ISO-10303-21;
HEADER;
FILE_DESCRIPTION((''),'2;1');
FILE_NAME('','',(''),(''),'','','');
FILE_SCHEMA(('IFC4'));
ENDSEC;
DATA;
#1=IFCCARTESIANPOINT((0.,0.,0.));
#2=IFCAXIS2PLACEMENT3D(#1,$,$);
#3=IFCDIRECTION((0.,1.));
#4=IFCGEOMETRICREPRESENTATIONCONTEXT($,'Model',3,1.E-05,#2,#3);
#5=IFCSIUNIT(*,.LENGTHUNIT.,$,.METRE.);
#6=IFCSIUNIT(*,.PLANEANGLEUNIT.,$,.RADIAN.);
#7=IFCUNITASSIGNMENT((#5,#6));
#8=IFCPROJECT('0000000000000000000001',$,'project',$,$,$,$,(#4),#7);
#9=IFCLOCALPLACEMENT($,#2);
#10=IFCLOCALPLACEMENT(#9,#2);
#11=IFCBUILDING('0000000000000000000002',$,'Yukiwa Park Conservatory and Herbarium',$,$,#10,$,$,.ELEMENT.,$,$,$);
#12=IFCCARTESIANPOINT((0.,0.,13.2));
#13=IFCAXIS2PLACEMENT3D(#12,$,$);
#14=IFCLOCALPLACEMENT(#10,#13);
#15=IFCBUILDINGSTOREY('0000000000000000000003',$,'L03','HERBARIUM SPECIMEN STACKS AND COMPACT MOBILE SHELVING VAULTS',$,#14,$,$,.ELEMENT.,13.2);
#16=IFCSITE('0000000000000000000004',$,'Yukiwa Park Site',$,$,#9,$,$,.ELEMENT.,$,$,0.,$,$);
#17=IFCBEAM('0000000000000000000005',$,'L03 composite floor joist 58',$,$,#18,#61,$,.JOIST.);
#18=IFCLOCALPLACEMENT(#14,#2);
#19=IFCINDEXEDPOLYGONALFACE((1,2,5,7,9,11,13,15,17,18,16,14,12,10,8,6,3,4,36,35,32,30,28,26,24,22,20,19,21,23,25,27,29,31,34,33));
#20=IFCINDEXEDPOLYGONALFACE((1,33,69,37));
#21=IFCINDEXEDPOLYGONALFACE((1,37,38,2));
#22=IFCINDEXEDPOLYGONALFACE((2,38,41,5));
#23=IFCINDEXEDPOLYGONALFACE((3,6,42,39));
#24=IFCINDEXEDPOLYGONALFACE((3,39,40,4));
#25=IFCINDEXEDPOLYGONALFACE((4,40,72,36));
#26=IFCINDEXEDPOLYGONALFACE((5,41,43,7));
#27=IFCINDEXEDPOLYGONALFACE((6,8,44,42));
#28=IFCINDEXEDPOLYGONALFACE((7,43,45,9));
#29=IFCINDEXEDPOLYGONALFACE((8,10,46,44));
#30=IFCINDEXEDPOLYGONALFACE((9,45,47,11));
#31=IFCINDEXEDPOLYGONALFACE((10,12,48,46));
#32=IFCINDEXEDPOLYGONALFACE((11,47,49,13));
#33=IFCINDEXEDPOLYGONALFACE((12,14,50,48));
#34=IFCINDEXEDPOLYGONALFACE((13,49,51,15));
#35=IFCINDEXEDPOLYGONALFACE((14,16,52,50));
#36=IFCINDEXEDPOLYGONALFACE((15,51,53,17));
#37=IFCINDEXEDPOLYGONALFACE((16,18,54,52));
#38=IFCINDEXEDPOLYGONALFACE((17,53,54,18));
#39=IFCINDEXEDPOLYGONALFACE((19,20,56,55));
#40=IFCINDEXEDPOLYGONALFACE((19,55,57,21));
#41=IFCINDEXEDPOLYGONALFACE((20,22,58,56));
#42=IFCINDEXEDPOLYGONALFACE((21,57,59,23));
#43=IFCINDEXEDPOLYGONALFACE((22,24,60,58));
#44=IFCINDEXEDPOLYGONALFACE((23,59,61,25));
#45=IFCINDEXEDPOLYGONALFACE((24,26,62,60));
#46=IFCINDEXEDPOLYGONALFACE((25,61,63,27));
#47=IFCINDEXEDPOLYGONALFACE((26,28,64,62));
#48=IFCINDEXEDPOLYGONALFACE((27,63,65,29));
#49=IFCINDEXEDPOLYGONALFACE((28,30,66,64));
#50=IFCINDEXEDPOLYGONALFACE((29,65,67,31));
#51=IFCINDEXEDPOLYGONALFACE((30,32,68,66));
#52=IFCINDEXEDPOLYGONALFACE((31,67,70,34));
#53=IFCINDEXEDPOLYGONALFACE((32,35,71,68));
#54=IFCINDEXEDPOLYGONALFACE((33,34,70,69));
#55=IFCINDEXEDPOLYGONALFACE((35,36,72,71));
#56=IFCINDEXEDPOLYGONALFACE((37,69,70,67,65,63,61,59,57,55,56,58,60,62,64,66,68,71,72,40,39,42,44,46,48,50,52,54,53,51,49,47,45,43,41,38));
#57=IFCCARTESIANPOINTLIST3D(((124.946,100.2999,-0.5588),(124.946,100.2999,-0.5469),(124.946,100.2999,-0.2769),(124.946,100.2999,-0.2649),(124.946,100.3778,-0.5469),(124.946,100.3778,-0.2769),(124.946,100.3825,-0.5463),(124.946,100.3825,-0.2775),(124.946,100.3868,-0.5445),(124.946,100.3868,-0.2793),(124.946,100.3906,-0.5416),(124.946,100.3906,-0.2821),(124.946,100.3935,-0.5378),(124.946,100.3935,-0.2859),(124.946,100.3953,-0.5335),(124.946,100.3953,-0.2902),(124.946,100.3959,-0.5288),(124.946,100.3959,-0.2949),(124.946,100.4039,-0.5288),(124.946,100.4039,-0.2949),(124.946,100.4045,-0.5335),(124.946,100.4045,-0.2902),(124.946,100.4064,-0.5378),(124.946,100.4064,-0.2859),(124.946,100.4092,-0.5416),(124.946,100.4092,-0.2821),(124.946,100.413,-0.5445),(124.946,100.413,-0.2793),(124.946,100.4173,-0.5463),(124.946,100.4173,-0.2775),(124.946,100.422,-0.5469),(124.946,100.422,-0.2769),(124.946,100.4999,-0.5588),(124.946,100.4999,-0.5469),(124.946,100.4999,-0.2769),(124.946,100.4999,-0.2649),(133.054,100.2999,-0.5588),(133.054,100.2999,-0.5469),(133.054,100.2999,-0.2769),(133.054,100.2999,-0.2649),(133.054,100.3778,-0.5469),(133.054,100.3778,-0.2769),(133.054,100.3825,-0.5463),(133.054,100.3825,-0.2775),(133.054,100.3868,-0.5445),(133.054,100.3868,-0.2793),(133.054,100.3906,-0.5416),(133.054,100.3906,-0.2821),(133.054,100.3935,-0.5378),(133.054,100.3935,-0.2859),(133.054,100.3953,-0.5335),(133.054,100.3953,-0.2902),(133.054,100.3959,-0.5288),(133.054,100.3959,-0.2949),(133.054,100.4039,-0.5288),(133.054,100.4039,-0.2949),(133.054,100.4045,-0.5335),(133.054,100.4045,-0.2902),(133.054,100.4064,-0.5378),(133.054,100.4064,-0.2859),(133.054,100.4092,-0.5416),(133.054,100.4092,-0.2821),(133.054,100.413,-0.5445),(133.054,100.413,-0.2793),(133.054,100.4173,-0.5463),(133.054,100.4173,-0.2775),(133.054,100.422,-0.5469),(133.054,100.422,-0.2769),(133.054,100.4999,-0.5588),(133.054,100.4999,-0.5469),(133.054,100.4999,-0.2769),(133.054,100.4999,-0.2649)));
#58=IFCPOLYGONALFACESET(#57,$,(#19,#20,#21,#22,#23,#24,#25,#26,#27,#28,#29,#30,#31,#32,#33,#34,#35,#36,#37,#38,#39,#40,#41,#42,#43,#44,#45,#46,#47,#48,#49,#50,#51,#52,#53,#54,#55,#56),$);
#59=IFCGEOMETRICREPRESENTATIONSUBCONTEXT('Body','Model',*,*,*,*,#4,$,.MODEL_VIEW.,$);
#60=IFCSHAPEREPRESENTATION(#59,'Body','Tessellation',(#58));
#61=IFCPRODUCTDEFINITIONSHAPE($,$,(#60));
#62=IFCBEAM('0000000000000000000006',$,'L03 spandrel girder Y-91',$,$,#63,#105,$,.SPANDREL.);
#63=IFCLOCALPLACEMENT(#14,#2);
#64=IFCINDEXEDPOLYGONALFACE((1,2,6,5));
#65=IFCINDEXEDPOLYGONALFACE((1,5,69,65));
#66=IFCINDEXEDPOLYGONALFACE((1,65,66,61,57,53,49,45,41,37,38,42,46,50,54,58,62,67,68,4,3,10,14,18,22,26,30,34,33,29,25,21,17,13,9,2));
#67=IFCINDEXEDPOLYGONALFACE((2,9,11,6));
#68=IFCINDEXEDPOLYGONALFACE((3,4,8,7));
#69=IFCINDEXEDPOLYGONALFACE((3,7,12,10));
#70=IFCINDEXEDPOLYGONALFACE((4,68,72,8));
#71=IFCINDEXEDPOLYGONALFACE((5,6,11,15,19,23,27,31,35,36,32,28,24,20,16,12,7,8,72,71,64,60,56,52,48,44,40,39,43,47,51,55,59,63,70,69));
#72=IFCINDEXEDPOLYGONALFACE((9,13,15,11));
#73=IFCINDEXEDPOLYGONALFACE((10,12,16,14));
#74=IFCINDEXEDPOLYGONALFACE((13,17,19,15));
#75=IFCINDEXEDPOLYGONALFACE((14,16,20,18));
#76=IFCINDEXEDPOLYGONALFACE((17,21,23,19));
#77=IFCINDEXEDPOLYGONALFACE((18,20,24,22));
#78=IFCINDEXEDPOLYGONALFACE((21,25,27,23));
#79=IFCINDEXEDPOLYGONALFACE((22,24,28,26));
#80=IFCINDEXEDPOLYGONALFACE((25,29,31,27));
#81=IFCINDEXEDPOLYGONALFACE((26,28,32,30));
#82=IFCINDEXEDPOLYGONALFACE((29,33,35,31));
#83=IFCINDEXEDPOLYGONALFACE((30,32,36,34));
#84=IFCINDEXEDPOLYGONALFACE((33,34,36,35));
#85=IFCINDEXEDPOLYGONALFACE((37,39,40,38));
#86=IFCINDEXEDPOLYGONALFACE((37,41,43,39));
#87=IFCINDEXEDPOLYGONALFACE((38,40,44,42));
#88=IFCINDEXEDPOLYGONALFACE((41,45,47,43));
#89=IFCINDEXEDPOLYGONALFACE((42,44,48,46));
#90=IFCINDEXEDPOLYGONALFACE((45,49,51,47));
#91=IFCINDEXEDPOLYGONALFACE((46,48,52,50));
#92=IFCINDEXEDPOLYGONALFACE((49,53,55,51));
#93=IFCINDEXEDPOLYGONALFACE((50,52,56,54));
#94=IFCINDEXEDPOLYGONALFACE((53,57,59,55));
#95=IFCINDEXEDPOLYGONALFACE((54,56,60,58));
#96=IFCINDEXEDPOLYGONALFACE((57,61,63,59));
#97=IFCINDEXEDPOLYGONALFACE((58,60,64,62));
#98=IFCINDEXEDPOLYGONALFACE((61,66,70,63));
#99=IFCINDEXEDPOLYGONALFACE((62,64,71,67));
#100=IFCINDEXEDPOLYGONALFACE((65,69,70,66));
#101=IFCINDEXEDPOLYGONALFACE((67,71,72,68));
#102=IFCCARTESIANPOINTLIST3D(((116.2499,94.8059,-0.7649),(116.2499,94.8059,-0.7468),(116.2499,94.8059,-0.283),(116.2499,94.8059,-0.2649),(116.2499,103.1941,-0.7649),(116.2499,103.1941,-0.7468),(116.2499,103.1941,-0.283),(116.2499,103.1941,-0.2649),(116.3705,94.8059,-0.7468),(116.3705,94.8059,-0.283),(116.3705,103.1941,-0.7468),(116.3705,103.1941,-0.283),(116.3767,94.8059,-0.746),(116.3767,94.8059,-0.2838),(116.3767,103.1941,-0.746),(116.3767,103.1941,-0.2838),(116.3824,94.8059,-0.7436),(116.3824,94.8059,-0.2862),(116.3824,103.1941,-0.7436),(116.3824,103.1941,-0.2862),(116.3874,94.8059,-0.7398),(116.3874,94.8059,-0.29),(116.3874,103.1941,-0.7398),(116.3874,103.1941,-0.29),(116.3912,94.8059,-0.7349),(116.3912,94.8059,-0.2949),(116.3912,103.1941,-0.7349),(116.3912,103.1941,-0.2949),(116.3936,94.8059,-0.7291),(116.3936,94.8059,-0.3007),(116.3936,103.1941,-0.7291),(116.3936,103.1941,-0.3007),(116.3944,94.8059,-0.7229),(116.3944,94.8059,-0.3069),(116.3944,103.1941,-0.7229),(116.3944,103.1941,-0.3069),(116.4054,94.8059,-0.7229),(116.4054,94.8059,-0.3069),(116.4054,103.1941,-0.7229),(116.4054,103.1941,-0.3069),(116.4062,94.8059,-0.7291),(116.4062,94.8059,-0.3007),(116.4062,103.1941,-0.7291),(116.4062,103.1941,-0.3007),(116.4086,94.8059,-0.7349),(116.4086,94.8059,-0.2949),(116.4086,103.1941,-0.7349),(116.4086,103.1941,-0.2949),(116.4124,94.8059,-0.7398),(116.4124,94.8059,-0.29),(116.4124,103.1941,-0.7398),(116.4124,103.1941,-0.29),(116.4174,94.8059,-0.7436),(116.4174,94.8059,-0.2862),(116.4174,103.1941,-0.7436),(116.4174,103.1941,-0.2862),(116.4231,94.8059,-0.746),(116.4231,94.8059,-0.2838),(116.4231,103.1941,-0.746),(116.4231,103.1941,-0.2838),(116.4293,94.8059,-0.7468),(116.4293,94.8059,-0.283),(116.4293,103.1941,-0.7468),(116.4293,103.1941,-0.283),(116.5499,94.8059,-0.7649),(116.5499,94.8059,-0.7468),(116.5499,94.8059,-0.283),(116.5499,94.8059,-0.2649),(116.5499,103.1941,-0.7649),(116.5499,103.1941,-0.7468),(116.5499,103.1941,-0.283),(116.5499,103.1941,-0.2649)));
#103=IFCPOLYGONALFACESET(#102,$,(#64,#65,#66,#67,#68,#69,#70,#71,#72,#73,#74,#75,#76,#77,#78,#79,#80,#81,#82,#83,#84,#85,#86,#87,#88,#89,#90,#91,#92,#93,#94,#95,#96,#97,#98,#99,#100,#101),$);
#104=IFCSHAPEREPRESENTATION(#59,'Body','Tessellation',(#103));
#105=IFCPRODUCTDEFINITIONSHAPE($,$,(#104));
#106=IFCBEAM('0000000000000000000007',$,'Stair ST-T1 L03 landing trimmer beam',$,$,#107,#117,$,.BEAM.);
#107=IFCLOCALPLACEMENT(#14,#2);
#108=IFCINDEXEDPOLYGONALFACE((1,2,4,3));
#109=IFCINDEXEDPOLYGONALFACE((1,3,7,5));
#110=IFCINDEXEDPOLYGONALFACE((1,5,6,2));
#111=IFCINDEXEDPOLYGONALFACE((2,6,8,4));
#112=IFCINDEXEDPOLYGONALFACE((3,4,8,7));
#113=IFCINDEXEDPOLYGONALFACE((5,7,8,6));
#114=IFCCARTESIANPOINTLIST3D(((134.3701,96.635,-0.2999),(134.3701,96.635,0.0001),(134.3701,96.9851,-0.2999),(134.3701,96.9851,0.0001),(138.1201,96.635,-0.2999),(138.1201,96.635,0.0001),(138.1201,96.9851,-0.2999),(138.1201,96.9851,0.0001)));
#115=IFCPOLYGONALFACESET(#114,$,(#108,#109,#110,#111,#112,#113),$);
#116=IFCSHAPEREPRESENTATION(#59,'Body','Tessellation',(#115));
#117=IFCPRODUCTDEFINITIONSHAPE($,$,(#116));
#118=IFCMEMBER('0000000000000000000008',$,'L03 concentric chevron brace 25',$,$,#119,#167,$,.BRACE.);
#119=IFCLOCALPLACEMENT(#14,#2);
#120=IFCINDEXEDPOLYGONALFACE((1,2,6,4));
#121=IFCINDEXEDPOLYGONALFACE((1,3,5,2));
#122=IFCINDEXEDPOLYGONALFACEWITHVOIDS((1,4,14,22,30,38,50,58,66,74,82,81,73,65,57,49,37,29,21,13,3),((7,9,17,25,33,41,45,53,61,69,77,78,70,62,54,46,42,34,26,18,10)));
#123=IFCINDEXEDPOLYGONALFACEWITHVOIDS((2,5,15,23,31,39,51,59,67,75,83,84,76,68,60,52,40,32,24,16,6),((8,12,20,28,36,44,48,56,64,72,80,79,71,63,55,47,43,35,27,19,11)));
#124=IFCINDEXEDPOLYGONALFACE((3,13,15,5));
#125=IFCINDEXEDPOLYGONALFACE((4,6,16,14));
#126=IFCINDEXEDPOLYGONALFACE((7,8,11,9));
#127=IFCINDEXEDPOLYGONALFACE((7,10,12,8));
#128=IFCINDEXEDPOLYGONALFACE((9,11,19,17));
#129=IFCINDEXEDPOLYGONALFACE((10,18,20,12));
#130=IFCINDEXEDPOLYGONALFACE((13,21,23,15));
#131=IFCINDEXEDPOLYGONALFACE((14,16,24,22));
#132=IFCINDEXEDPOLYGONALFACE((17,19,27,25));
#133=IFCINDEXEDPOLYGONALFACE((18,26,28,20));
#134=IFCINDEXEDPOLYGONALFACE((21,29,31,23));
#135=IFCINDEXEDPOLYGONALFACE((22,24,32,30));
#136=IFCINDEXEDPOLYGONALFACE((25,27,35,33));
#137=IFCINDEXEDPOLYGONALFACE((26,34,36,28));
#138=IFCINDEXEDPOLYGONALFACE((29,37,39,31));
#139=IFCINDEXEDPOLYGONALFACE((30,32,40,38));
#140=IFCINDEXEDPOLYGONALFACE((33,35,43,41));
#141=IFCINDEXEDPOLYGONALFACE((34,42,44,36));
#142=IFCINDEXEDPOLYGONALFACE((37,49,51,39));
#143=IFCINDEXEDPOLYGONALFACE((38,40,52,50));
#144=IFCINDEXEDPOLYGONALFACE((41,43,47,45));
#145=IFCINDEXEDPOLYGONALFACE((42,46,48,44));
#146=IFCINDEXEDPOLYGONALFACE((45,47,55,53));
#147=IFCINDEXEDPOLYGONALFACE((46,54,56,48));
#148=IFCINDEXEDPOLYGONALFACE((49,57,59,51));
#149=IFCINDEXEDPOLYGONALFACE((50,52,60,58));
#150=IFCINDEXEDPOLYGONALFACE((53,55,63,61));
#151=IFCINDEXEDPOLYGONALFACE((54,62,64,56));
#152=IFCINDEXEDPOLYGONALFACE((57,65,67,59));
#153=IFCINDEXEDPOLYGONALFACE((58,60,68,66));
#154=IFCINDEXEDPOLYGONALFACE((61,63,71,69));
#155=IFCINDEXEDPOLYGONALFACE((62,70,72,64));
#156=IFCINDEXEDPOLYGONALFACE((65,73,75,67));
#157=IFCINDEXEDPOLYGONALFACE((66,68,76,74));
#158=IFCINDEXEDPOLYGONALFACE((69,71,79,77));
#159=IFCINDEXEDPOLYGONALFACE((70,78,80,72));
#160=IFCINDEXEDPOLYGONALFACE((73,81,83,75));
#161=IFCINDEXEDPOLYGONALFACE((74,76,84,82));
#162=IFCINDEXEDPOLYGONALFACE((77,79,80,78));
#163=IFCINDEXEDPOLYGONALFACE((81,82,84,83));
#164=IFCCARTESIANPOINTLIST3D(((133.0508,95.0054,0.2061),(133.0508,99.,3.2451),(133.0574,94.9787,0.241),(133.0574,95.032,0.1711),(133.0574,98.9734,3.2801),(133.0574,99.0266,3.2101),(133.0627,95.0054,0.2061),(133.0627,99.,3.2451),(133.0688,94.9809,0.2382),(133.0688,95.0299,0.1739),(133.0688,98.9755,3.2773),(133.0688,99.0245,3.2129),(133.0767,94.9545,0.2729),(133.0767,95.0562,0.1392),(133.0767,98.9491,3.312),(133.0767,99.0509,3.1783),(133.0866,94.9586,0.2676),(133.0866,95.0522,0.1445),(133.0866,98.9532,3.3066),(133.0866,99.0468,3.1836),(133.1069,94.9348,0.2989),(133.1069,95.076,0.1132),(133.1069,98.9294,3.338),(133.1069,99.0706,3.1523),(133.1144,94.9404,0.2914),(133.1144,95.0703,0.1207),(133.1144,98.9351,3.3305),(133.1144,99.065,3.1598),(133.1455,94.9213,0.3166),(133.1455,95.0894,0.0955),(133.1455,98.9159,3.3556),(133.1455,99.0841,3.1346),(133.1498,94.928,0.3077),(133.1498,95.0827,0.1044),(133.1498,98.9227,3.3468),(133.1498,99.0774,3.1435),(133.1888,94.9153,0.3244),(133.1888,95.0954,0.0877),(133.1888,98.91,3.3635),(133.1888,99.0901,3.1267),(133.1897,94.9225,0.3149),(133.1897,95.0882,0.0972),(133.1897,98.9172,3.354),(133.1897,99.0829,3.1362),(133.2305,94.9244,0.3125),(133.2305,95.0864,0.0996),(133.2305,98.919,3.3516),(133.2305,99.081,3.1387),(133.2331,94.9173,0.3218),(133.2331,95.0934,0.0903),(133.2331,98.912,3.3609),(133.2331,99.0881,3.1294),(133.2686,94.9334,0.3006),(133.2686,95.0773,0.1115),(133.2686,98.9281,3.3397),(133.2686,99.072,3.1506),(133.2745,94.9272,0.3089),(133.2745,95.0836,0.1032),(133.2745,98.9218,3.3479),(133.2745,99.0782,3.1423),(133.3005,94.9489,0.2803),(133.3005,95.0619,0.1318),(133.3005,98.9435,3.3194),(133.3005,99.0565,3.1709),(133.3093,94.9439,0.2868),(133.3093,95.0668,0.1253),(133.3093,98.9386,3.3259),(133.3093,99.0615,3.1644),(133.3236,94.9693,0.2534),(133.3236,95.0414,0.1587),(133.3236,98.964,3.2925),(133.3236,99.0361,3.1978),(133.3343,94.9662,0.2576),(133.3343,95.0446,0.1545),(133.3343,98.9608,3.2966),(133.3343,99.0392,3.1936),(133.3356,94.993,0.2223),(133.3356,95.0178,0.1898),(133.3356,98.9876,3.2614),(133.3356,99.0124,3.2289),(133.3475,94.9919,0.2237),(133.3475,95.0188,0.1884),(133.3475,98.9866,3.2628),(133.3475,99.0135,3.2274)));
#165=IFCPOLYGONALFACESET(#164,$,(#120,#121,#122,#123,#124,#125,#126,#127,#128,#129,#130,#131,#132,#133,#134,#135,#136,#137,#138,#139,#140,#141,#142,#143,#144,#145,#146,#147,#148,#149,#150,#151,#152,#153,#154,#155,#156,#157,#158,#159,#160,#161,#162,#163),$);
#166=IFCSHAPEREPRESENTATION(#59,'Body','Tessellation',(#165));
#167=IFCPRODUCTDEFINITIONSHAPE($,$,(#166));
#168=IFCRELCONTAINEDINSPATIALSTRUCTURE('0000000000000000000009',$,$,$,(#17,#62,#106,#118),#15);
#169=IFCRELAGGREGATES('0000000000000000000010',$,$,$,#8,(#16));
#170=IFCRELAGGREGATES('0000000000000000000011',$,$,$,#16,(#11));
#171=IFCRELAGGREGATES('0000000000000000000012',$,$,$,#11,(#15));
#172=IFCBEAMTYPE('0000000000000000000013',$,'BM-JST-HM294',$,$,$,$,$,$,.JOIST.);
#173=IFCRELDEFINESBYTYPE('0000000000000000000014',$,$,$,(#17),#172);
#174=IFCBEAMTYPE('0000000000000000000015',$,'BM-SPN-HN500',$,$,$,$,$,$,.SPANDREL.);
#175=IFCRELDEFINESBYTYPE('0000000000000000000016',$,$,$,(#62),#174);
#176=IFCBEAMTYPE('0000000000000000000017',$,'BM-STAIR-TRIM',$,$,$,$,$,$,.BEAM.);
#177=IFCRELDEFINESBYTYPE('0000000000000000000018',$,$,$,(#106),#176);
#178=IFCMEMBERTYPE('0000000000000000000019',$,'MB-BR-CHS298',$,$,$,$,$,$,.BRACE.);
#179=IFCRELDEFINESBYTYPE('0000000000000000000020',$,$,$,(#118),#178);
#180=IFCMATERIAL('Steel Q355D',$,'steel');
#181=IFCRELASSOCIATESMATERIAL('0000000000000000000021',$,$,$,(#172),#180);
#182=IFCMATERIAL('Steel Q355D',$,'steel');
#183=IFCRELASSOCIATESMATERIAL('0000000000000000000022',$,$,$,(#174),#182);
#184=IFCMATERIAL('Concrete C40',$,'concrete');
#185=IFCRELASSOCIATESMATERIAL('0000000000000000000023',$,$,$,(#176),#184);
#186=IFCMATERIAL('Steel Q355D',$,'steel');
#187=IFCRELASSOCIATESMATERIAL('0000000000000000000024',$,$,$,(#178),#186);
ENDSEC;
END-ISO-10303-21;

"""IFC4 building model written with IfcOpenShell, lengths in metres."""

from ifc_helpers import new_model, si_unit, direction, frame, origin, origin_2d, place, context, subcontext, project, spatial, rectangle, hollow_circle, i_section, extrude, material, material_profile, profile_set, type_object, element, save


model = new_model("IFC4")

# Units and contexts
model_context = context("Model", 3, precision=1e-05, world=origin(), true_north=direction((0.0, 1.0)))
body_context = subcontext(model_context, "Body", "Model", "MODEL_VIEW")
ifc_project = project(units=[si_unit("LENGTHUNIT", "METRE"), si_unit("PLANEANGLEUNIT", "RADIAN")], contexts=[model_context])

# Site, building, storey
site_placement = place(None, origin())
site = spatial("IfcSite", under=ifc_project, at=site_placement, Name="Yukiwa Park Site", CompositionType="ELEMENT", RefElevation=0.0)
building_placement = place(site_placement, origin())
building = spatial("IfcBuilding", under=site, at=building_placement, Name="Yukiwa Park Conservatory and Herbarium", CompositionType="ELEMENT")
storey_placement = place(building_placement, frame((0.0, 0.0, 13.2)))
storey = spatial("IfcBuildingStorey", under=building, at=storey_placement, Name="L03", Description="HERBARIUM SPECIMEN STACKS AND COMPACT MOBILE SHELVING VAULTS", CompositionType="ELEMENT", Elevation=13.2)

# Beams
ifc_material_1 = material(Name="Steel Q355D", Category="steel")
ifc_material_profile_1 = material_profile(ifc_material_1, i_section(OverallWidth=0.2, OverallDepth=0.2939, WebThickness=0.0081, FlangeThickness=0.012, FilletRadius=0.0181, at=origin_2d()), Name="HM 294x200x8x12")
ifc_profile_set_1 = profile_set([ifc_material_profile_1], Name="Steel Q355D")
beam_type_1 = type_object("IfcBeamType", Name="BM-JST-HM294", PredefinedType="JOIST", material=ifc_profile_set_1)
for number, where, z_axis, x_axis, name in (
    (1, (124.946, 100.3999, -0.4119), (1.0, 0.0, 0.0), (0.0, 1.0, 0.0), "L03 composite floor joist 58"),
):
    element("IfcBeam", number, at=place(storey_placement, frame(where, z_axis=z_axis, x_axis=x_axis)), inside=storey, type_object=beam_type_1, Name=name, PredefinedType="JOIST", context=body_context, shape_type="SweptSolid", body=[
        extrude(i_section(OverallWidth=0.2, OverallDepth=0.2939, WebThickness=0.0081, FlangeThickness=0.012, FilletRadius=0.0181, at=origin_2d()), origin(), (0.0, 0.0, 1.0), 8.1079),
    ])
ifc_material_2 = material(Name="Steel Q355D", Category="steel")
ifc_material_profile_2 = material_profile(ifc_material_2, i_section(OverallWidth=0.3, OverallDepth=0.5, WebThickness=0.011, FlangeThickness=0.0181, FilletRadius=0.0239, at=origin_2d()), Name="HM 500x300x11x18")
ifc_profile_set_2 = profile_set([ifc_material_profile_2], Name="Steel Q355D")
beam_type_2 = type_object("IfcBeamType", Name="BM-SPN-HN500", PredefinedType="SPANDREL", material=ifc_profile_set_2)
beam_1_placement = place(storey_placement, frame((116.3999, 94.8059, -0.5149), z_axis=(0.0, 1.0, 0.0), x_axis=(-1.0, 0.0, 0.0)))
element("IfcBeam", 2, at=beam_1_placement, inside=storey, type_object=beam_type_2, Name="L03 spandrel girder Y-91", PredefinedType="SPANDREL", context=body_context, shape_type="SweptSolid", body=[
    extrude(i_section(OverallWidth=0.3, OverallDepth=0.5, WebThickness=0.011, FlangeThickness=0.0181, FilletRadius=0.0239, at=origin_2d()), origin(), (0.0, 0.0, 1.0), 8.3882),
])
ifc_material_3 = material(Name="Concrete C40", Category="concrete")
ifc_material_profile_3 = material_profile(ifc_material_3, rectangle(XDim=0.3501, YDim=0.3, at=origin_2d()), Name="RC 350x300")
ifc_profile_set_3 = profile_set([ifc_material_profile_3], Name="Concrete C40")
beam_type_3 = type_object("IfcBeamType", Name="BM-STAIR-TRIM", PredefinedType="BEAM", material=ifc_profile_set_3)
beam_2_placement = place(storey_placement, frame((134.3701, 96.8101, -0.1499), z_axis=(1.0, 0.0, 0.0), x_axis=(0.0, 1.0, 0.0)))
element("IfcBeam", 3, at=beam_2_placement, inside=storey, type_object=beam_type_3, Name="Stair ST-T1 L03 landing trimmer beam", PredefinedType="BEAM", context=body_context, shape_type="SweptSolid", body=[
    extrude(rectangle(XDim=0.3501, YDim=0.3, at=origin_2d()), origin(), (0.0, 0.0, 1.0), 3.75),
])

# Member
ifc_material_4 = material(Name="Steel Q355D", Category="steel")
ifc_material_profile_4 = material_profile(ifc_material_4, hollow_circle(Radius=0.1492, WallThickness=0.012, at=origin_2d()), Name="CHS 298.5x12")
ifc_profile_set_4 = profile_set([ifc_material_profile_4], Name="Steel Q355D")
member_type = type_object("IfcMemberType", Name="MB-BR-CHS298", PredefinedType="BRACE", material=ifc_profile_set_4)
for number, where, z_axis, x_axis, name in (
    (4, (133.2, 95.0054, 0.2061), (0.0, 0.79586, 0.60548), (-1.0, 0.0, 0.0), "L03 concentric chevron brace 25"),
):
    element("IfcMember", number, at=place(storey_placement, frame(where, z_axis=z_axis, x_axis=x_axis)), inside=storey, type_object=member_type, Name=name, PredefinedType="BRACE", context=body_context, shape_type="SweptSolid", body=[
        extrude(hollow_circle(Radius=0.1492, WallThickness=0.012, at=origin_2d()), origin(), (0.0, 0.0, 1.0), 5.0193),
    ])

save(model, "model.ifc")
